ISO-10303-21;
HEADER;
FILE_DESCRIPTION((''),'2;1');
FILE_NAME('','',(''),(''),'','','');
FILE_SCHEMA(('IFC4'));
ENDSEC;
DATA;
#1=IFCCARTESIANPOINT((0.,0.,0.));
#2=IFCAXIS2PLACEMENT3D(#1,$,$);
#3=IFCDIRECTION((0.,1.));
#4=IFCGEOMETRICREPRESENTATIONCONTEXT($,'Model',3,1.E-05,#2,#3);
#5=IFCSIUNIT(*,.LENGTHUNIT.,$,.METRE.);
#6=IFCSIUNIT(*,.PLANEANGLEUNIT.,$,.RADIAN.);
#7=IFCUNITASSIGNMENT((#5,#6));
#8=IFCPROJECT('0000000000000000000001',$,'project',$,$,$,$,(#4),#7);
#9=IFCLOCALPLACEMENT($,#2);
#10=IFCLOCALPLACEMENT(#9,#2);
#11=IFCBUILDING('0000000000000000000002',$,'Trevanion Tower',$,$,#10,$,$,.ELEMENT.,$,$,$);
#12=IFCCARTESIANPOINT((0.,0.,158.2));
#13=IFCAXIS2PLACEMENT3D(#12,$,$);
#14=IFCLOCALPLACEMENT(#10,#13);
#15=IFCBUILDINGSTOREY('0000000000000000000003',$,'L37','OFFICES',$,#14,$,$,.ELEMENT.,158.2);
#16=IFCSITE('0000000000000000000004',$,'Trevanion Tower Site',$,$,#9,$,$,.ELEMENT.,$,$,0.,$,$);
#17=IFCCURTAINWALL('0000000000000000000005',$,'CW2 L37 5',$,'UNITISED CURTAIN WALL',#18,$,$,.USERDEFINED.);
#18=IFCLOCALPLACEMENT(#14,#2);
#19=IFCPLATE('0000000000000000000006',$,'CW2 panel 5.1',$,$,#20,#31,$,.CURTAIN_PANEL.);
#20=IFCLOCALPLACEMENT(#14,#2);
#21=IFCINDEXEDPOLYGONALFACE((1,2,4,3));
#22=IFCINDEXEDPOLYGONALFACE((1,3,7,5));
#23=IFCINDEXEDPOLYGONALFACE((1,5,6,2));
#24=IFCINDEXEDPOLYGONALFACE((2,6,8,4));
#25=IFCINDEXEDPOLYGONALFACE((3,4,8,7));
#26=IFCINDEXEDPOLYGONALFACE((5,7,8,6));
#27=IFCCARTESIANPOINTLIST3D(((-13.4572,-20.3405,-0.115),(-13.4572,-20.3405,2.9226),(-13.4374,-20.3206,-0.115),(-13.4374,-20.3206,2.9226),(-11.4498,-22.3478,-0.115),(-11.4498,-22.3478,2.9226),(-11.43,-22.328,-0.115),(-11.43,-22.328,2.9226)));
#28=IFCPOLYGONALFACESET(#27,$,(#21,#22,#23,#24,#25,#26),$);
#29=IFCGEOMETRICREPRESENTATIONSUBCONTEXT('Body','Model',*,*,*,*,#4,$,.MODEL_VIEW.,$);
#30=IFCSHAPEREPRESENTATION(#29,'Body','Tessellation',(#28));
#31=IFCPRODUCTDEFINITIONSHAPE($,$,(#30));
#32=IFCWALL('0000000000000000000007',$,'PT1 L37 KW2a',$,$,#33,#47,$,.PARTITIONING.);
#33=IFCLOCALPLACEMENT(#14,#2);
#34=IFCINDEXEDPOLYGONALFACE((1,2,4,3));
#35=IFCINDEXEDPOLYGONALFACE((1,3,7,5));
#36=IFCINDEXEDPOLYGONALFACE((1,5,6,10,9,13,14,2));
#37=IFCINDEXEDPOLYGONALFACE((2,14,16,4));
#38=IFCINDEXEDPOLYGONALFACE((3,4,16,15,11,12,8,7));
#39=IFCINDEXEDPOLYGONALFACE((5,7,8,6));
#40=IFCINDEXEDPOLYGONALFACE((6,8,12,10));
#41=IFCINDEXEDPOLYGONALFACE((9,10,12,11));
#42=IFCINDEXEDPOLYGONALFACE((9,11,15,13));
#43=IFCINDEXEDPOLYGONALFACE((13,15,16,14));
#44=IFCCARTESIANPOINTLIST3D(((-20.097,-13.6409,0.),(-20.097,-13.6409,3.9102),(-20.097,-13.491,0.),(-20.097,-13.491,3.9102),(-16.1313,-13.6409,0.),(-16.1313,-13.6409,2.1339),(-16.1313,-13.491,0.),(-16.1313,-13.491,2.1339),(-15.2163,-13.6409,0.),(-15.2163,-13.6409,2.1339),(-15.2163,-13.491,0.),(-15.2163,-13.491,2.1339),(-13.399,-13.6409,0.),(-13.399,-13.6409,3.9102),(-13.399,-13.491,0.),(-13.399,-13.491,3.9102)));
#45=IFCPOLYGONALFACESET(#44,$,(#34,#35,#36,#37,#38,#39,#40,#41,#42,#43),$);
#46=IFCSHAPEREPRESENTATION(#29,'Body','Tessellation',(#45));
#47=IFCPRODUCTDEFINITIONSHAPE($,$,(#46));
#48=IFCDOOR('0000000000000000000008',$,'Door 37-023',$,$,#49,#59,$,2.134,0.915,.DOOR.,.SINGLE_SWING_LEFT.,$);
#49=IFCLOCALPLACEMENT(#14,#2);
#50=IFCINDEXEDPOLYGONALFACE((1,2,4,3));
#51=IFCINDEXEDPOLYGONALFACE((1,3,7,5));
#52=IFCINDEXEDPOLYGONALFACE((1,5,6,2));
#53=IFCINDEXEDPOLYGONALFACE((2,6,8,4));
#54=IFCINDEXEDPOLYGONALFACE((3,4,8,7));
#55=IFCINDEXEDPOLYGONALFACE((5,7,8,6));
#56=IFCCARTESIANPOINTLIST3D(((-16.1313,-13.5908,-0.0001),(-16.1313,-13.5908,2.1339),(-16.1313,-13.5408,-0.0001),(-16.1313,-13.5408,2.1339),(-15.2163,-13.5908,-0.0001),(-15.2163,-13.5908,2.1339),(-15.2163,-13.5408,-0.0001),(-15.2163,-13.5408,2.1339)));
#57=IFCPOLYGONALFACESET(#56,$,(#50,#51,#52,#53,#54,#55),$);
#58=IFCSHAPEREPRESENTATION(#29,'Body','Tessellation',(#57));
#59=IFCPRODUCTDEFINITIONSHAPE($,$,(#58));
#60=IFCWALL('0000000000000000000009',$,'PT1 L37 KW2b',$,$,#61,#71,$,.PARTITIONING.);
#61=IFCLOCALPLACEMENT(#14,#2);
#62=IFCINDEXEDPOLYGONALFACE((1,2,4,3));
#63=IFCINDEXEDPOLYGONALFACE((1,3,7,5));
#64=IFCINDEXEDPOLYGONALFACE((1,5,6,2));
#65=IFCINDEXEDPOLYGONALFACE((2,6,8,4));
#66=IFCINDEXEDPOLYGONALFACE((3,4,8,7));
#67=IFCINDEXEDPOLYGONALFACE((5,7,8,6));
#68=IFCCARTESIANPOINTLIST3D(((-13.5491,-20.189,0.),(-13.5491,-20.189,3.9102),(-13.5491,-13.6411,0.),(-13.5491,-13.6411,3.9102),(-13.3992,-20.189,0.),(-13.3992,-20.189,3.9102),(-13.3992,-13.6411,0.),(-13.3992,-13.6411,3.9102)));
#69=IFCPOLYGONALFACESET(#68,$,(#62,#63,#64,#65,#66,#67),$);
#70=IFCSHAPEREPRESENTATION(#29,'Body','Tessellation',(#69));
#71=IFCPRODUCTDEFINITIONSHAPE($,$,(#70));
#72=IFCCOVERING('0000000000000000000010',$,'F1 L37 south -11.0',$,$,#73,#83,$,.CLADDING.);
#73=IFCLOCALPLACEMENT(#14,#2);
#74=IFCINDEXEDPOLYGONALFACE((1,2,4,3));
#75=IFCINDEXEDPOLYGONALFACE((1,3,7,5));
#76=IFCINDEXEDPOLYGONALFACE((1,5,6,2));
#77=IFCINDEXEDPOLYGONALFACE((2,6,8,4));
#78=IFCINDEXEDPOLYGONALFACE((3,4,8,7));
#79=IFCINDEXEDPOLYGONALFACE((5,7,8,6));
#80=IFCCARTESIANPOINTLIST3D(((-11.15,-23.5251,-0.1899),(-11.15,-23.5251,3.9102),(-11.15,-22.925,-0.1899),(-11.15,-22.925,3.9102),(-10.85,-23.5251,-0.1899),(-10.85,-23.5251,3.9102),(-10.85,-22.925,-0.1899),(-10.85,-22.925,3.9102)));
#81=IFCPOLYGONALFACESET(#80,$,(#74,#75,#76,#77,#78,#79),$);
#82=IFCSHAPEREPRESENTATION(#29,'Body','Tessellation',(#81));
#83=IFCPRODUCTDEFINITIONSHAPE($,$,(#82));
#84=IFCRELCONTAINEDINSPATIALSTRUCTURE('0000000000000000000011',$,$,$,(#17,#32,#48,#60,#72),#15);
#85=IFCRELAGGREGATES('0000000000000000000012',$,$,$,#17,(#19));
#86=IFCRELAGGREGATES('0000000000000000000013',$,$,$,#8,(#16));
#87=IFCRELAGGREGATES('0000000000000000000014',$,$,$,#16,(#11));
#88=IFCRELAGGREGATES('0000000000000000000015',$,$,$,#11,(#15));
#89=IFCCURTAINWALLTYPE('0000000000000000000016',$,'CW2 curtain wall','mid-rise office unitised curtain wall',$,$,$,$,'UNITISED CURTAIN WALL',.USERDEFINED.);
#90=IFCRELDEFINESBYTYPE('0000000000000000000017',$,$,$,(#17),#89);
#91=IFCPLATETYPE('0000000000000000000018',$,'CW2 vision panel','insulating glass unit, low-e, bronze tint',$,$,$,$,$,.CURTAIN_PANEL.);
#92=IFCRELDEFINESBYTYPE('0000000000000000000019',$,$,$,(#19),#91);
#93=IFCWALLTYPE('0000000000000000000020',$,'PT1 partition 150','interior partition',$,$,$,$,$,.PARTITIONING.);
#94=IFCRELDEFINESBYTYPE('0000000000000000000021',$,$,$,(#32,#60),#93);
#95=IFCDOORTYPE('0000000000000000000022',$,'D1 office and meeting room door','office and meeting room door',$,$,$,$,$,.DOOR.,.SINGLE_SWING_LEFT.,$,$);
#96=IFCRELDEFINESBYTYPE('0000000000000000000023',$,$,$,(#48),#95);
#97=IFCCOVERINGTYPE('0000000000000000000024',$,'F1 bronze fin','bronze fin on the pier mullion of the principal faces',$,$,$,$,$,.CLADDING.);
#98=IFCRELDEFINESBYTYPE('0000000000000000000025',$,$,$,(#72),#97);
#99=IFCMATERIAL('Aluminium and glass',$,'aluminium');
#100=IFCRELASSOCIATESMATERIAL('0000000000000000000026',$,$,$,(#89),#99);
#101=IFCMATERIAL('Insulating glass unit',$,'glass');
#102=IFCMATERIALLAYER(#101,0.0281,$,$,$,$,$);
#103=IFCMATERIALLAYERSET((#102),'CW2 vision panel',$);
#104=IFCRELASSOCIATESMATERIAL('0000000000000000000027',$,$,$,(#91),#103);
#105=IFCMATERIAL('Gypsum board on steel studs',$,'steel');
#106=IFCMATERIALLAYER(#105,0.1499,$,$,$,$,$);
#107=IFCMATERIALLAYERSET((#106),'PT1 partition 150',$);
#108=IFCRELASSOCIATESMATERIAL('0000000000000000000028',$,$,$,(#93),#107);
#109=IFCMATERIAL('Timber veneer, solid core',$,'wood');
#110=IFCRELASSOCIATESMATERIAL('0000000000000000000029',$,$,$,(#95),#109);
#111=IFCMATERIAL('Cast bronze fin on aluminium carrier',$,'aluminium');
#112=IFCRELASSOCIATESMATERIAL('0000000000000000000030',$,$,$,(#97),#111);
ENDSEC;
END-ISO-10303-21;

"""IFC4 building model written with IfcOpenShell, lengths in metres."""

from ifc_helpers import new_model, si_unit, direction, frame, frame_2d, origin, origin_2d, place, context, subcontext, project, spatial, rectangle, extrude, material, layer, layer_set, type_object, element, fill, aggregate, save


model = new_model("IFC4")

# Units and contexts
model_context = context("Model", 3, precision=1e-05, world=origin(), true_north=direction((0.0, 1.0)))
body_context = subcontext(model_context, "Body", "Model", "MODEL_VIEW")
ifc_project = project(units=[si_unit("LENGTHUNIT", "METRE"), si_unit("PLANEANGLEUNIT", "RADIAN")], contexts=[model_context])

# Site, building, storey
site_placement = place(None, origin())
site = spatial("IfcSite", under=ifc_project, at=site_placement, Name="Trevanion Tower Site", CompositionType="ELEMENT", RefElevation=0.0)
building_placement = place(site_placement, origin())
building = spatial("IfcBuilding", under=site, at=building_placement, Name="Trevanion Tower", CompositionType="ELEMENT")
storey_placement = place(building_placement, frame((0.0, 0.0, 158.2)))
storey = spatial("IfcBuildingStorey", under=building, at=storey_placement, Name="L37", Description="OFFICES", CompositionType="ELEMENT", Elevation=158.2)

# Curtain wall
ifc_material_1 = material(Name="Aluminium and glass", Category="aluminium")
curtain_wall_type = type_object("IfcCurtainWallType", Name="CW2 curtain wall", Description="mid-rise office unitised curtain wall", ElementType="UNITISED CURTAIN WALL", PredefinedType="USERDEFINED", material=ifc_material_1)
curtain_wall_placement = place(storey_placement, origin())
curtain_wall = element("IfcCurtainWall", 1, at=curtain_wall_placement, inside=storey, type_object=curtain_wall_type, Name="CW2 L37 5", ObjectType="UNITISED CURTAIN WALL", PredefinedType="USERDEFINED")

# Plate
ifc_material_2 = material(Name="Insulating glass unit", Category="glass")
ifc_layer_1 = layer(ifc_material_2, 0.0281)
ifc_layer_set_1 = layer_set([ifc_layer_1], Name="CW2 vision panel")
plate_type_1 = type_object("IfcPlateType", Name="CW2 vision panel", Description="insulating glass unit, low-e, bronze tint", PredefinedType="CURTAIN_PANEL", material=ifc_layer_set_1)
plate_1_placement = place(storey_placement, frame((-12.4436, -21.3342, -0.115), z_axis=(0.0, 0.0, 1.0), x_axis=(0.707107, -0.707107, 0.0)))
plate_1 = element("IfcPlate", 2, at=plate_1_placement, type_object=plate_type_1, Name="CW2 panel 5.1", PredefinedType="CURTAIN_PANEL", context=body_context, shape_type="SweptSolid", body=[
    extrude(rectangle(XDim=2.8389, YDim=0.0281, at=origin_2d()), origin(), (0.0, 0.0, 1.0), 3.0376),
])
aggregate(curtain_wall, [plate_1])

# Wall, opening, door
ifc_material_3 = material(Name="Gypsum board on steel studs", Category="steel")
ifc_layer_2 = layer(ifc_material_3, 0.1499)
ifc_layer_set_2 = layer_set([ifc_layer_2], Name="PT1 partition 150")
wall_type = type_object("IfcWallType", Name="PT1 partition 150", Description="interior partition", PredefinedType="PARTITIONING", material=ifc_layer_set_2)
wall_1_placement = place(storey_placement, frame((-13.3989, -13.5659, 0.0), z_axis=(0.0, 0.0, 1.0), x_axis=(-1.0, 0.0, 0.0)))
wall_1 = element("IfcWall", 3, at=wall_1_placement, inside=storey, type_object=wall_type, Name="PT1 L37 KW2a", PredefinedType="PARTITIONING", context=body_context, shape_type="SweptSolid", body=[
    extrude(rectangle(XDim=6.698, YDim=0.1499, at=frame_2d((3.3491, 0.0))), origin(), (0.0, 0.0, 1.0), 3.9102),
])
opening_placement = place(wall_1_placement, frame((1.8174, 0.0, 0.0)))
opening = element("IfcOpeningElement", 4, at=opening_placement, cuts=wall_1, PredefinedType="OPENING", context=body_context, shape_type="SweptSolid", body=[
    extrude(rectangle(XDim=0.915, YDim=2.134, at=frame_2d((0.4575, 1.0669))), frame((0.0, 0.085, 0.0), z_axis=(0.0, -1.0, 0.0), x_axis=(1.0, 0.0, 0.0)), (0.0, 0.0, 1.0), 0.1699),
])
ifc_material_4 = material(Name="Timber veneer, solid core", Category="wood")
door_type = type_object("IfcDoorType", Name="D1 office and meeting room door", Description="office and meeting room door", OperationType="SINGLE_SWING_LEFT", PredefinedType="DOOR", material=ifc_material_4)
door_placement = place(opening_placement, origin())
door = element("IfcDoor", 5, at=door_placement, inside=storey, type_object=door_type, Name="Door 37-023", OperationType="SINGLE_SWING_LEFT", OverallHeight=2.134, OverallWidth=0.915, PredefinedType="DOOR", context=body_context, shape_type="SweptSolid", body=[
    extrude(rectangle(XDim=0.915, YDim=2.134, at=frame_2d((0.4575, 1.0669))), frame((0.0, 0.0249, 0.0), z_axis=(0.0, -1.0, 0.0), x_axis=(1.0, 0.0, 0.0)), (0.0, 0.0, 1.0), 0.05),
])
fill(opening, door)

# Wall
wall_2_placement = place(storey_placement, frame((-13.4741, -13.6411, 0.0), z_axis=(0.0, 0.0, 1.0), x_axis=(0.0, -1.0, 0.0)))
element("IfcWall", 6, at=wall_2_placement, inside=storey, type_object=wall_type, Name="PT1 L37 KW2b", PredefinedType="PARTITIONING", context=body_context, shape_type="SweptSolid", body=[
    extrude(rectangle(XDim=6.5479, YDim=0.1499, at=frame_2d((3.2739, 0.0))), origin(), (0.0, 0.0, 1.0), 3.9102),
])

# Covering
ifc_material_5 = material(Name="Cast bronze fin on aluminium carrier", Category="aluminium")
covering_type = type_object("IfcCoveringType", Name="F1 bronze fin", Description="bronze fin on the pier mullion of the principal faces", PredefinedType="CLADDING", material=ifc_material_5)
covering_placement = place(storey_placement, frame((-11.0, -23.2251, -0.1899), z_axis=(0.0, 0.0, 1.0), x_axis=(1.0, 0.0, 0.0)))
element("IfcCovering", 7, at=covering_placement, inside=storey, type_object=covering_type, Name="F1 L37 south -11.0", PredefinedType="CLADDING", context=body_context, shape_type="SweptSolid", body=[
    extrude(rectangle(XDim=0.3, YDim=0.6001, at=origin_2d()), origin(), (0.0, 0.0, 1.0), 4.1001),
])

save(model, "model.ifc")
